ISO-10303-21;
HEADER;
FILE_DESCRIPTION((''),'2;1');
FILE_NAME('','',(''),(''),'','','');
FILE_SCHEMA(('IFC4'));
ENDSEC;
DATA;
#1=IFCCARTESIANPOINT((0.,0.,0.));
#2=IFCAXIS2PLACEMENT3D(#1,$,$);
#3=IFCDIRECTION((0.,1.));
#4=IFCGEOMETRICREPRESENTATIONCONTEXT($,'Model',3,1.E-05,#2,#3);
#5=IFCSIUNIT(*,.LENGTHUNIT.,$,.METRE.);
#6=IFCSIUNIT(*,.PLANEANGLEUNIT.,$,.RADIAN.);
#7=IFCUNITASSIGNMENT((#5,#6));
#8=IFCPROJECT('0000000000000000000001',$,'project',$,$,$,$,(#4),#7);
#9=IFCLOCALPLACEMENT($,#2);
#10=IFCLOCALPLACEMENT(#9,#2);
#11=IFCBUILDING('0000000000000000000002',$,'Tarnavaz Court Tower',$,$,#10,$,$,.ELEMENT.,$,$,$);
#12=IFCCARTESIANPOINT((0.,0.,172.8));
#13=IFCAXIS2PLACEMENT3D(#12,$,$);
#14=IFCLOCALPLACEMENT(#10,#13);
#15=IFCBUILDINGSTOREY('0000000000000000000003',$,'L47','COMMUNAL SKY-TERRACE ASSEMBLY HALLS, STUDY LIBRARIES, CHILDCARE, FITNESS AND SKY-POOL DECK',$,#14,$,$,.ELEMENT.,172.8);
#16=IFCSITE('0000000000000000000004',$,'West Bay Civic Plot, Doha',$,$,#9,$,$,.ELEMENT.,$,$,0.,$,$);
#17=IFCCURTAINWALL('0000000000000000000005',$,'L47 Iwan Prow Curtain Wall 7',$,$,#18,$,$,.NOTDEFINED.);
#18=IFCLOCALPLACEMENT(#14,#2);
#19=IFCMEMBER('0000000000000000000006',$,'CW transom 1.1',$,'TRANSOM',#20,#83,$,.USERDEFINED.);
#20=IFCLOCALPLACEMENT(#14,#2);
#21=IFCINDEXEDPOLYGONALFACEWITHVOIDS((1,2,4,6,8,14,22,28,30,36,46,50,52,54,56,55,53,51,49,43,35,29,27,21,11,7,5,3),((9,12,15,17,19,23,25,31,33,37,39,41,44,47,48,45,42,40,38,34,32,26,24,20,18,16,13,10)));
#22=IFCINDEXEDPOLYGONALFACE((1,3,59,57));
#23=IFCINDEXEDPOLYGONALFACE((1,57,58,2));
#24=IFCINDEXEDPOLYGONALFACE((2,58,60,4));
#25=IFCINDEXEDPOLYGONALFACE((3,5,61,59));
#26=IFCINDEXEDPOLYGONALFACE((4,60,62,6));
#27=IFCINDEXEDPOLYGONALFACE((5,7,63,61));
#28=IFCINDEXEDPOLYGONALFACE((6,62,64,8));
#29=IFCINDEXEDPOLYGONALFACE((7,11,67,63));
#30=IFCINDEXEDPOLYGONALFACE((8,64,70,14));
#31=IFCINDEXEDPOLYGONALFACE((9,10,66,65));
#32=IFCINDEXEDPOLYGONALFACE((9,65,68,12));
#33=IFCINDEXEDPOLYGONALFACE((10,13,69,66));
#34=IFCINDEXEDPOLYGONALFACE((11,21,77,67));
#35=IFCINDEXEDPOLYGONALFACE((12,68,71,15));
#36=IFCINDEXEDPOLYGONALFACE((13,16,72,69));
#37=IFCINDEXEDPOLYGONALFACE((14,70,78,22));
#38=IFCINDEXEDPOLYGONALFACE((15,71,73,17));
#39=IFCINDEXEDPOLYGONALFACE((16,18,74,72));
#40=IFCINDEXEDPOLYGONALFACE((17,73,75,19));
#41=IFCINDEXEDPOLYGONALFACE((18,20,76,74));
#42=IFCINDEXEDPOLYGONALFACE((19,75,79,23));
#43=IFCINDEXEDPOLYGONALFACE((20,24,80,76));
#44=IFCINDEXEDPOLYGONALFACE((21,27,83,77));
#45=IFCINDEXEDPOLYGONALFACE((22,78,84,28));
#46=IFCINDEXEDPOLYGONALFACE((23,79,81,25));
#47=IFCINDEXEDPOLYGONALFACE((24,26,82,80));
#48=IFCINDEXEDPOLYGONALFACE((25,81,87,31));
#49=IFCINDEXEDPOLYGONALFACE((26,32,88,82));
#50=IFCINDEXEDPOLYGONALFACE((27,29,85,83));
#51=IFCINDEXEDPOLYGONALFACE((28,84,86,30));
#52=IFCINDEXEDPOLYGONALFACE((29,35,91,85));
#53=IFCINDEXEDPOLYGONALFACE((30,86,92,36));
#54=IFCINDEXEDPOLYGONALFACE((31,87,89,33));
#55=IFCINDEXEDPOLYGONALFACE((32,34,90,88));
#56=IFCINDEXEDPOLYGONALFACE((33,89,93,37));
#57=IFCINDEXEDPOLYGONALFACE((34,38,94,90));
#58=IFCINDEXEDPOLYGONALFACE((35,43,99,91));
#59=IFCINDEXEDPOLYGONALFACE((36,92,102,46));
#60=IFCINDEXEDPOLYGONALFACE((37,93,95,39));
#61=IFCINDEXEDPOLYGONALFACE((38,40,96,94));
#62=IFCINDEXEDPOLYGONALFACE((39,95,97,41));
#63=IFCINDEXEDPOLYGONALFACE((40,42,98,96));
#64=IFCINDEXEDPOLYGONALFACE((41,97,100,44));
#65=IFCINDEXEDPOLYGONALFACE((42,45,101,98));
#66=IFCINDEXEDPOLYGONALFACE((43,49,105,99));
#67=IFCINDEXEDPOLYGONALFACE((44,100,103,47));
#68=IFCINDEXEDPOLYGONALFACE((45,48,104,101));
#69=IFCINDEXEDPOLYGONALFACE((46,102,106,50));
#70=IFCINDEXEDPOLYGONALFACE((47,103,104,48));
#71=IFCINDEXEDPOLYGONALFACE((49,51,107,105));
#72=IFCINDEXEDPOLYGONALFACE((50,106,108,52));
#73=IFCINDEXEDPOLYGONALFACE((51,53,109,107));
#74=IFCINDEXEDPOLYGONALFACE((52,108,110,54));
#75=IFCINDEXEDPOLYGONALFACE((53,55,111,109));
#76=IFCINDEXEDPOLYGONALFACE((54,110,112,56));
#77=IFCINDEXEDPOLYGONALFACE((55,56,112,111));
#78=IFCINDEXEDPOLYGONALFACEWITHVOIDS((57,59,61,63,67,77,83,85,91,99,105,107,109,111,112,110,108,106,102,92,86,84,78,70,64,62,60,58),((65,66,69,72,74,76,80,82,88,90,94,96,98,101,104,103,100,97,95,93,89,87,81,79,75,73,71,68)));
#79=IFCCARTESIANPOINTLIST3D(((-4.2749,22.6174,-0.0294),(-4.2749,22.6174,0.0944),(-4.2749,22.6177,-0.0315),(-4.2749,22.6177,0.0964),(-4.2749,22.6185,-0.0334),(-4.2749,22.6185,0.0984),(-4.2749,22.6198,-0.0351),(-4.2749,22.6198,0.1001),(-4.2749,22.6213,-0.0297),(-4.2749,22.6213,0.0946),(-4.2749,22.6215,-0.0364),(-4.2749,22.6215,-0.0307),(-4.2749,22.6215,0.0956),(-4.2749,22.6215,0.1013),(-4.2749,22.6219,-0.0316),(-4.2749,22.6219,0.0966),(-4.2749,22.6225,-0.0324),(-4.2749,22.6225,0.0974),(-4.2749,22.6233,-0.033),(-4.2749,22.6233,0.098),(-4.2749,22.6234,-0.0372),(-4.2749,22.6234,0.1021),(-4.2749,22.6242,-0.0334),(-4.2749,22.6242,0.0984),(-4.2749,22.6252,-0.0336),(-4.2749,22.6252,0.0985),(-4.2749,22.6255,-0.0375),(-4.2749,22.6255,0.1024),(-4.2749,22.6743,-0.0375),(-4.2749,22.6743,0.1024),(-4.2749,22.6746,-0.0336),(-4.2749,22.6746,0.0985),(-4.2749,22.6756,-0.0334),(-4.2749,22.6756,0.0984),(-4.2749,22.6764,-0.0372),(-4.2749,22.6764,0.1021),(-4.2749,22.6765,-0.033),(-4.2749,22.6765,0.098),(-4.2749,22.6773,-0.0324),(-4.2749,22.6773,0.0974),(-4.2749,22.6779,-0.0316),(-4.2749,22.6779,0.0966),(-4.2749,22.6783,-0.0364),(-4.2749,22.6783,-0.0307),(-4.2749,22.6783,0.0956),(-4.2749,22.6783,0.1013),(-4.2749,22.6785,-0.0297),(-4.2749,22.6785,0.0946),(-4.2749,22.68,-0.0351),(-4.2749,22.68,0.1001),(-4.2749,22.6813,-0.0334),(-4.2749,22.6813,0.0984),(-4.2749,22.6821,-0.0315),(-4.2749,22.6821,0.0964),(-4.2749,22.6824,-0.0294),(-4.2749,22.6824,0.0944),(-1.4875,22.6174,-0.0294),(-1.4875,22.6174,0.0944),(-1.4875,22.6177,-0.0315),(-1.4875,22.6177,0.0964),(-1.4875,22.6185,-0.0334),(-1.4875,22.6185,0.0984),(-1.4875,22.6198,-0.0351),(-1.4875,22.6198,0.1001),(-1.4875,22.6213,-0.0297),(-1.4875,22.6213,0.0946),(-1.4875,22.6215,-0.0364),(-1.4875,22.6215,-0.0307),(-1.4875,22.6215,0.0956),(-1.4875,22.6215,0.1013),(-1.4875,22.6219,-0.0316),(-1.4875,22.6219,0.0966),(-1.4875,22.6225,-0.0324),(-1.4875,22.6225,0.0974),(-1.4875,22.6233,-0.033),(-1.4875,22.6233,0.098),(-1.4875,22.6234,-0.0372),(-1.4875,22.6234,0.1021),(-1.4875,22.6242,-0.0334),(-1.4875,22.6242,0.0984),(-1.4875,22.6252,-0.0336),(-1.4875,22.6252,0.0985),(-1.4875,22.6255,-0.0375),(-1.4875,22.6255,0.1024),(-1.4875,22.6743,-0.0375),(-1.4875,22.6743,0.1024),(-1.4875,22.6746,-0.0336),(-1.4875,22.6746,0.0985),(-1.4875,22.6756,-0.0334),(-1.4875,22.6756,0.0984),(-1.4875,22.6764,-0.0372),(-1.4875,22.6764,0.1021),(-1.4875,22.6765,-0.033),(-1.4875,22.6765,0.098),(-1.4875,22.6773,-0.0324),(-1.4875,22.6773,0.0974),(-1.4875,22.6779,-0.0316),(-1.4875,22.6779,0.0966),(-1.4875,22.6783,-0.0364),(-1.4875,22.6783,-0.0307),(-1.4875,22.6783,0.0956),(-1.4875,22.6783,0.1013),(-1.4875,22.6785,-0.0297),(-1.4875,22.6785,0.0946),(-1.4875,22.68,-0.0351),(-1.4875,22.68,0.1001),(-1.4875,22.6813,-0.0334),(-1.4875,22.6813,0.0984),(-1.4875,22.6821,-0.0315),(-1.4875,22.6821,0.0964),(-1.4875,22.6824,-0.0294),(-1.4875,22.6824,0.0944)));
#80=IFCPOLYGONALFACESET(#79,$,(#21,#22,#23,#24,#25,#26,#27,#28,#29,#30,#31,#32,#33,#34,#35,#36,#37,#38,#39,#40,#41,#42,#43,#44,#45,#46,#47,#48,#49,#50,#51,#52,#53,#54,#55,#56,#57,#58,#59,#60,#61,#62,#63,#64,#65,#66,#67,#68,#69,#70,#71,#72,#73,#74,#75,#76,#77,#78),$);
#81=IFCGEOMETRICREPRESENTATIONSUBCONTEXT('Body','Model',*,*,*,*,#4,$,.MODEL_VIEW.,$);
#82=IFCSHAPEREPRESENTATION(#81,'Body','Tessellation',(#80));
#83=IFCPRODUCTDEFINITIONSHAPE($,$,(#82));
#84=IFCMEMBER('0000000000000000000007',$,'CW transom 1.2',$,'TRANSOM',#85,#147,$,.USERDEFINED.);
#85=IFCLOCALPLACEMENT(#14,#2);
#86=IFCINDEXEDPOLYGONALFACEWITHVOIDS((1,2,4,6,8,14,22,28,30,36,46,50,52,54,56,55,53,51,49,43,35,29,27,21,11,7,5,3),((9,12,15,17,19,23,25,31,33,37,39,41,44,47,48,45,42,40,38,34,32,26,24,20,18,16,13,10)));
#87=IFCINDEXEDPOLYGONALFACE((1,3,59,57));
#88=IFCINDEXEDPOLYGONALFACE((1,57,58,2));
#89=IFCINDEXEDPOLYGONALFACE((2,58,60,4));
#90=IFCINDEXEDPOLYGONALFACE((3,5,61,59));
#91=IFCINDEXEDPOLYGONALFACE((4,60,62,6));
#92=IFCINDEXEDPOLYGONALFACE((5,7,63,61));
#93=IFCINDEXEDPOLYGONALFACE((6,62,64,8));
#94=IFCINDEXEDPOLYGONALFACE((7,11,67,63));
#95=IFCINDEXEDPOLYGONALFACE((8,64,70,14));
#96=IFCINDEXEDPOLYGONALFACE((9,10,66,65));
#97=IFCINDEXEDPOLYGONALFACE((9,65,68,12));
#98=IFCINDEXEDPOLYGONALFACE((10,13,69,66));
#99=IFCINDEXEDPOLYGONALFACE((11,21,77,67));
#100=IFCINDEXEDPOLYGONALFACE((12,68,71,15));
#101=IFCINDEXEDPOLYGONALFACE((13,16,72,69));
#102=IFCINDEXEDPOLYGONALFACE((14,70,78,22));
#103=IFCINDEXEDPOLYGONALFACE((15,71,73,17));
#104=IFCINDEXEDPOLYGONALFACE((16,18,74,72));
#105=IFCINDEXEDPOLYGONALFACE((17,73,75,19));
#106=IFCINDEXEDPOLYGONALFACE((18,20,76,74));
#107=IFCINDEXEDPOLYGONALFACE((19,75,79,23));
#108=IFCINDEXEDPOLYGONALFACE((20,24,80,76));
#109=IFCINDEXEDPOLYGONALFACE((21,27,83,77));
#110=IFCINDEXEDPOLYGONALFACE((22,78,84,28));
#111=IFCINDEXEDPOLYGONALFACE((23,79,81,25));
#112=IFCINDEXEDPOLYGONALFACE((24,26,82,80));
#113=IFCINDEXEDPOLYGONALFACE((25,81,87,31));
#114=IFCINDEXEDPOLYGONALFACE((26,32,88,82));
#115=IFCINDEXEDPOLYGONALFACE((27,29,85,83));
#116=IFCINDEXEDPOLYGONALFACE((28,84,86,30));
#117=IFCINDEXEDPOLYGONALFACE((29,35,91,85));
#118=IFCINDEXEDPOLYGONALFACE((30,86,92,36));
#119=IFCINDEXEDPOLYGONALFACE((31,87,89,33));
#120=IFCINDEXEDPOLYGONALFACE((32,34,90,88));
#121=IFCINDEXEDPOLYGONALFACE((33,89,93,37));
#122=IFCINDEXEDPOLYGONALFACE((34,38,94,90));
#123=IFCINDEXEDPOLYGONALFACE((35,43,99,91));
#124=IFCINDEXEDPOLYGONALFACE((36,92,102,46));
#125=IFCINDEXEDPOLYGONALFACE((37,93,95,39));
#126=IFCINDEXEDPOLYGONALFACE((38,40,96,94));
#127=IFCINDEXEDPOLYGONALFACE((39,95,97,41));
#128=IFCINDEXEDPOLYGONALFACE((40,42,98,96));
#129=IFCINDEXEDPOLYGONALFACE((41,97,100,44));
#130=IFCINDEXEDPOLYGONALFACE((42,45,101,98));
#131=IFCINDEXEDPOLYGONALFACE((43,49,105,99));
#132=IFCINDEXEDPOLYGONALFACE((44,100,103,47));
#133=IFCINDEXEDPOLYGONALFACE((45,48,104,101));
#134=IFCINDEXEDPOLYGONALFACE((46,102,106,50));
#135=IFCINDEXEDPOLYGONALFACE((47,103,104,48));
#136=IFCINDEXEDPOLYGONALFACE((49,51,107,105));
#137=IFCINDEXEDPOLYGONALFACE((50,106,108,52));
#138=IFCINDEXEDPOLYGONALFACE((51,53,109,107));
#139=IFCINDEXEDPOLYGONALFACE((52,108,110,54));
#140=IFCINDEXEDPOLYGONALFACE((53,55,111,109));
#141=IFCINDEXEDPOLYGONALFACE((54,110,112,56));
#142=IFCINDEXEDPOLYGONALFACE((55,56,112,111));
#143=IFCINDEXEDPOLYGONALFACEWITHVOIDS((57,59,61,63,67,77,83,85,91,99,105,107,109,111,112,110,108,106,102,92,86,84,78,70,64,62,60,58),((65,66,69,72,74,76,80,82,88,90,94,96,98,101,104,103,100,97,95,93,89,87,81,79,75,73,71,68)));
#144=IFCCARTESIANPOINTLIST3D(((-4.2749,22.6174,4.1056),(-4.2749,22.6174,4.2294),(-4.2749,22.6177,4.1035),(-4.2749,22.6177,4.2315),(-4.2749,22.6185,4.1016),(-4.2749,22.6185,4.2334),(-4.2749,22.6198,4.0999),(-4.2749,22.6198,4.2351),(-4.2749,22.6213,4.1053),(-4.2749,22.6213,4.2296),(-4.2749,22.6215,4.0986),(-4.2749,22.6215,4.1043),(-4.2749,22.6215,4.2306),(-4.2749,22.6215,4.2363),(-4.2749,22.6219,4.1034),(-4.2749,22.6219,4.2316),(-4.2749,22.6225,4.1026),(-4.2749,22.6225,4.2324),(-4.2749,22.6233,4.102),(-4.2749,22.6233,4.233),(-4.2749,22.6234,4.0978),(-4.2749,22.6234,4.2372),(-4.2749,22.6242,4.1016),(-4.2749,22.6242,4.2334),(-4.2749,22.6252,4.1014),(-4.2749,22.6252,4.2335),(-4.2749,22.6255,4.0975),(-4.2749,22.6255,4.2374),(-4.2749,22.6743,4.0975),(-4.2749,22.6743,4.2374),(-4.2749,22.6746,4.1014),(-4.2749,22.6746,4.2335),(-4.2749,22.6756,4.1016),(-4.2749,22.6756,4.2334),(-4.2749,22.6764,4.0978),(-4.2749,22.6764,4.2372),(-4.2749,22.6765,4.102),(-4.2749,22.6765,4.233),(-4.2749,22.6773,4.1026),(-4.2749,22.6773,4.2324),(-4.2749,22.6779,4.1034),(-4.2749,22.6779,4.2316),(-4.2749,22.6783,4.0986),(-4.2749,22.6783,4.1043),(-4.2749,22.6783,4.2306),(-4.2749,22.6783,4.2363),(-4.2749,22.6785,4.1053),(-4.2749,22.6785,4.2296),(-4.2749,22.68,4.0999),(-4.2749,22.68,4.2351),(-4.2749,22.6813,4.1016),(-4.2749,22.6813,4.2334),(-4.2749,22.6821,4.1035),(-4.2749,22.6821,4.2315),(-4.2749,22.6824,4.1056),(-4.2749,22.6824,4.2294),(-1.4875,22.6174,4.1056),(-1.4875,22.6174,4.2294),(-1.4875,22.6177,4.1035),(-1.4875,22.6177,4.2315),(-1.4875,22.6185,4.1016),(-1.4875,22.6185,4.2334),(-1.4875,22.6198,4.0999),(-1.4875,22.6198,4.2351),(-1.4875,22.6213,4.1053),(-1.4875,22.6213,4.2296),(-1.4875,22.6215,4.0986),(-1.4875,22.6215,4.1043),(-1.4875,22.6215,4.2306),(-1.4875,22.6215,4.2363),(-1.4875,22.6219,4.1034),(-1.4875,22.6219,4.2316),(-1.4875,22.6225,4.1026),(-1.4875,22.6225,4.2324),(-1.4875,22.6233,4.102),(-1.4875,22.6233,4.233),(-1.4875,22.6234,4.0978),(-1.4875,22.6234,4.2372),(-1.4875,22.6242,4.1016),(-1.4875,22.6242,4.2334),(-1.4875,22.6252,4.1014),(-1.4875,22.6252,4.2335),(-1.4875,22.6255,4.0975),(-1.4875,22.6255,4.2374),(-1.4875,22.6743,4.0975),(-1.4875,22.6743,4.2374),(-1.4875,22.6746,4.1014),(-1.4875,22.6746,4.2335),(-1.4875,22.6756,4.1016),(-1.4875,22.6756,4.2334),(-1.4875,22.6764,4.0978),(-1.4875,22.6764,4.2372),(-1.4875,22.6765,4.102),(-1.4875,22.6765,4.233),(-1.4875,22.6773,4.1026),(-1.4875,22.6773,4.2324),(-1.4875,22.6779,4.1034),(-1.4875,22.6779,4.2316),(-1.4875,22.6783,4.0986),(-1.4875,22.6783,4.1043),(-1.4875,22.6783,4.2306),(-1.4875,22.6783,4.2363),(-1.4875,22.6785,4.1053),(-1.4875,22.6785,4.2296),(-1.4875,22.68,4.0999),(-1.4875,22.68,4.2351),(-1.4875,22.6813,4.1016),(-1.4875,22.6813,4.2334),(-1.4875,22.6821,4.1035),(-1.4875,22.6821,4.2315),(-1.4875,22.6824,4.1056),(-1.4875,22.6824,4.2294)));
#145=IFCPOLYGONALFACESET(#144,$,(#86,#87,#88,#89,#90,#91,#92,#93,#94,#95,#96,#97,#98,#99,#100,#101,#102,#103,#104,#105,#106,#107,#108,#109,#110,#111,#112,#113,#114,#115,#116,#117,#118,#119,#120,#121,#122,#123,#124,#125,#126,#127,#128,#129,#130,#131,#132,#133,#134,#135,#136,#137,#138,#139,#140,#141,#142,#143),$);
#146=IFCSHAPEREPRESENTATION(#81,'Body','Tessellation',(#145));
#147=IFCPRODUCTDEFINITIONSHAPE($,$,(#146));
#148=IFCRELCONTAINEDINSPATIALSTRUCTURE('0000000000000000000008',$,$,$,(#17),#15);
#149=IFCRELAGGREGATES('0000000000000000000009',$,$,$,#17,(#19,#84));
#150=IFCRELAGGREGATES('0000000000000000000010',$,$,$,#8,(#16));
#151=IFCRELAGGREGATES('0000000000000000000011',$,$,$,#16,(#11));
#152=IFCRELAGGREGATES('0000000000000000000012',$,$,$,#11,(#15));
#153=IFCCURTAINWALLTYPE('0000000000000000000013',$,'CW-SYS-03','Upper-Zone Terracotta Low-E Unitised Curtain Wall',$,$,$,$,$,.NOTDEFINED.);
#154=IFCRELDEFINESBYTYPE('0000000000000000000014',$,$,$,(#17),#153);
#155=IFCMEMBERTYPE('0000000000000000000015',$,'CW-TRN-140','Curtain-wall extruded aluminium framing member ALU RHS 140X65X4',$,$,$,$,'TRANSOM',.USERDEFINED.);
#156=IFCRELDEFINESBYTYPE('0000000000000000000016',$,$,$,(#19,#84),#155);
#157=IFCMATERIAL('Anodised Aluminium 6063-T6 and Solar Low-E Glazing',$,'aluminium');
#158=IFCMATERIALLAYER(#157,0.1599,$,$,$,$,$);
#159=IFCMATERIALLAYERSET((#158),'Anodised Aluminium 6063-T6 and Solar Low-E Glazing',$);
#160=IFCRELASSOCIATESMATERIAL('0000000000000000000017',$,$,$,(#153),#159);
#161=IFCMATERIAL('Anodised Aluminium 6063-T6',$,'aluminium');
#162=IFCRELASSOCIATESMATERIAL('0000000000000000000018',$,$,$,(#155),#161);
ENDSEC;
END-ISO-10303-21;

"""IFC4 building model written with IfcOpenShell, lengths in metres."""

from ifc_helpers import new_model, si_unit, direction, frame, origin, origin_2d, place, context, subcontext, project, spatial, hollow_rectangle, extrude, material, layer, layer_set, material_profile, profile_set, type_object, element, aggregate, save


model = new_model("IFC4")

# Units and contexts
model_context = context("Model", 3, precision=1e-05, world=origin(), true_north=direction((0.0, 1.0)))
body_context = subcontext(model_context, "Body", "Model", "MODEL_VIEW")
ifc_project = project(units=[si_unit("LENGTHUNIT", "METRE"), si_unit("PLANEANGLEUNIT", "RADIAN")], contexts=[model_context])

# Site, building, storey
site_placement = place(None, origin())
site = spatial("IfcSite", under=ifc_project, at=site_placement, Name="West Bay Civic Plot, Doha", CompositionType="ELEMENT", RefElevation=0.0)
building_placement = place(site_placement, origin())
building = spatial("IfcBuilding", under=site, at=building_placement, Name="Tarnavaz Court Tower", CompositionType="ELEMENT")
storey_placement = place(building_placement, frame((0.0, 0.0, 172.8)))
storey = spatial("IfcBuildingStorey", under=building, at=storey_placement, Name="L47", Description="COMMUNAL SKY-TERRACE ASSEMBLY HALLS, STUDY LIBRARIES, CHILDCARE, FITNESS AND SKY-POOL DECK", CompositionType="ELEMENT", Elevation=172.8)

# Curtain wall, members
ifc_material_1 = material(Name="Anodised Aluminium 6063-T6 and Solar Low-E Glazing", Category="aluminium")
ifc_layer_1 = layer(ifc_material_1, 0.1599)
ifc_layer_set_1 = layer_set([ifc_layer_1], Name="Anodised Aluminium 6063-T6 and Solar Low-E Glazing")
curtain_wall_type = type_object("IfcCurtainWallType", Name="CW-SYS-03", Description="Upper-Zone Terracotta Low-E Unitised Curtain Wall", PredefinedType="NOTDEFINED", material=ifc_layer_set_1)
curtain_wall_placement = place(storey_placement, origin())
curtain_wall = element("IfcCurtainWall", 1, at=curtain_wall_placement, inside=storey, type_object=curtain_wall_type, Name="L47 Iwan Prow Curtain Wall 7", PredefinedType="NOTDEFINED")
ifc_material_2 = material(Name="Anodised Aluminium 6063-T6", Category="aluminium")
ifc_material_profile_1 = material_profile(ifc_material_2, hollow_rectangle(XDim=0.0649, YDim=0.1399, WallThickness=0.0039, InnerFilletRadius=0.0039, OuterFilletRadius=0.0081, at=origin_2d()), Name="ALU RHS 140X65X4")
ifc_profile_set_1 = profile_set([ifc_material_profile_1], Name="Anodised Aluminium 6063-T6")
member_type_1 = type_object("IfcMemberType", Name="CW-TRN-140", Description="Curtain-wall extruded aluminium framing member ALU RHS 140X65X4", ElementType="TRANSOM", PredefinedType="USERDEFINED", material=ifc_profile_set_1)
member_1_placement = place(storey_placement, frame((-4.2749, 22.6499, 0.0325), z_axis=(1.0, 0.0, 0.0), x_axis=(0.0, 1.0, 0.0)))
member_1 = element("IfcMember", 2, at=member_1_placement, type_object=member_type_1, Name="CW transom 1.1", ObjectType="TRANSOM", PredefinedType="USERDEFINED", context=body_context, shape_type="SweptSolid", body=[
    extrude(hollow_rectangle(XDim=0.0649, YDim=0.1399, WallThickness=0.0039, InnerFilletRadius=0.0039, OuterFilletRadius=0.0081, at=origin_2d()), origin(), (0.0, 0.0, 1.0), 2.7874),
])
member_2_placement = place(storey_placement, frame((-4.2749, 22.6499, 4.1675), z_axis=(1.0, 0.0, 0.0), x_axis=(0.0, 1.0, 0.0)))
member_2 = element("IfcMember", 3, at=member_2_placement, type_object=member_type_1, Name="CW transom 1.2", ObjectType="TRANSOM", PredefinedType="USERDEFINED", context=body_context, shape_type="SweptSolid", body=[
    extrude(hollow_rectangle(XDim=0.0649, YDim=0.1399, WallThickness=0.0039, InnerFilletRadius=0.0039, OuterFilletRadius=0.0081, at=origin_2d()), origin(), (0.0, 0.0, 1.0), 2.7874),
])
aggregate(curtain_wall, [member_1, member_2])

save(model, "model.ifc")
